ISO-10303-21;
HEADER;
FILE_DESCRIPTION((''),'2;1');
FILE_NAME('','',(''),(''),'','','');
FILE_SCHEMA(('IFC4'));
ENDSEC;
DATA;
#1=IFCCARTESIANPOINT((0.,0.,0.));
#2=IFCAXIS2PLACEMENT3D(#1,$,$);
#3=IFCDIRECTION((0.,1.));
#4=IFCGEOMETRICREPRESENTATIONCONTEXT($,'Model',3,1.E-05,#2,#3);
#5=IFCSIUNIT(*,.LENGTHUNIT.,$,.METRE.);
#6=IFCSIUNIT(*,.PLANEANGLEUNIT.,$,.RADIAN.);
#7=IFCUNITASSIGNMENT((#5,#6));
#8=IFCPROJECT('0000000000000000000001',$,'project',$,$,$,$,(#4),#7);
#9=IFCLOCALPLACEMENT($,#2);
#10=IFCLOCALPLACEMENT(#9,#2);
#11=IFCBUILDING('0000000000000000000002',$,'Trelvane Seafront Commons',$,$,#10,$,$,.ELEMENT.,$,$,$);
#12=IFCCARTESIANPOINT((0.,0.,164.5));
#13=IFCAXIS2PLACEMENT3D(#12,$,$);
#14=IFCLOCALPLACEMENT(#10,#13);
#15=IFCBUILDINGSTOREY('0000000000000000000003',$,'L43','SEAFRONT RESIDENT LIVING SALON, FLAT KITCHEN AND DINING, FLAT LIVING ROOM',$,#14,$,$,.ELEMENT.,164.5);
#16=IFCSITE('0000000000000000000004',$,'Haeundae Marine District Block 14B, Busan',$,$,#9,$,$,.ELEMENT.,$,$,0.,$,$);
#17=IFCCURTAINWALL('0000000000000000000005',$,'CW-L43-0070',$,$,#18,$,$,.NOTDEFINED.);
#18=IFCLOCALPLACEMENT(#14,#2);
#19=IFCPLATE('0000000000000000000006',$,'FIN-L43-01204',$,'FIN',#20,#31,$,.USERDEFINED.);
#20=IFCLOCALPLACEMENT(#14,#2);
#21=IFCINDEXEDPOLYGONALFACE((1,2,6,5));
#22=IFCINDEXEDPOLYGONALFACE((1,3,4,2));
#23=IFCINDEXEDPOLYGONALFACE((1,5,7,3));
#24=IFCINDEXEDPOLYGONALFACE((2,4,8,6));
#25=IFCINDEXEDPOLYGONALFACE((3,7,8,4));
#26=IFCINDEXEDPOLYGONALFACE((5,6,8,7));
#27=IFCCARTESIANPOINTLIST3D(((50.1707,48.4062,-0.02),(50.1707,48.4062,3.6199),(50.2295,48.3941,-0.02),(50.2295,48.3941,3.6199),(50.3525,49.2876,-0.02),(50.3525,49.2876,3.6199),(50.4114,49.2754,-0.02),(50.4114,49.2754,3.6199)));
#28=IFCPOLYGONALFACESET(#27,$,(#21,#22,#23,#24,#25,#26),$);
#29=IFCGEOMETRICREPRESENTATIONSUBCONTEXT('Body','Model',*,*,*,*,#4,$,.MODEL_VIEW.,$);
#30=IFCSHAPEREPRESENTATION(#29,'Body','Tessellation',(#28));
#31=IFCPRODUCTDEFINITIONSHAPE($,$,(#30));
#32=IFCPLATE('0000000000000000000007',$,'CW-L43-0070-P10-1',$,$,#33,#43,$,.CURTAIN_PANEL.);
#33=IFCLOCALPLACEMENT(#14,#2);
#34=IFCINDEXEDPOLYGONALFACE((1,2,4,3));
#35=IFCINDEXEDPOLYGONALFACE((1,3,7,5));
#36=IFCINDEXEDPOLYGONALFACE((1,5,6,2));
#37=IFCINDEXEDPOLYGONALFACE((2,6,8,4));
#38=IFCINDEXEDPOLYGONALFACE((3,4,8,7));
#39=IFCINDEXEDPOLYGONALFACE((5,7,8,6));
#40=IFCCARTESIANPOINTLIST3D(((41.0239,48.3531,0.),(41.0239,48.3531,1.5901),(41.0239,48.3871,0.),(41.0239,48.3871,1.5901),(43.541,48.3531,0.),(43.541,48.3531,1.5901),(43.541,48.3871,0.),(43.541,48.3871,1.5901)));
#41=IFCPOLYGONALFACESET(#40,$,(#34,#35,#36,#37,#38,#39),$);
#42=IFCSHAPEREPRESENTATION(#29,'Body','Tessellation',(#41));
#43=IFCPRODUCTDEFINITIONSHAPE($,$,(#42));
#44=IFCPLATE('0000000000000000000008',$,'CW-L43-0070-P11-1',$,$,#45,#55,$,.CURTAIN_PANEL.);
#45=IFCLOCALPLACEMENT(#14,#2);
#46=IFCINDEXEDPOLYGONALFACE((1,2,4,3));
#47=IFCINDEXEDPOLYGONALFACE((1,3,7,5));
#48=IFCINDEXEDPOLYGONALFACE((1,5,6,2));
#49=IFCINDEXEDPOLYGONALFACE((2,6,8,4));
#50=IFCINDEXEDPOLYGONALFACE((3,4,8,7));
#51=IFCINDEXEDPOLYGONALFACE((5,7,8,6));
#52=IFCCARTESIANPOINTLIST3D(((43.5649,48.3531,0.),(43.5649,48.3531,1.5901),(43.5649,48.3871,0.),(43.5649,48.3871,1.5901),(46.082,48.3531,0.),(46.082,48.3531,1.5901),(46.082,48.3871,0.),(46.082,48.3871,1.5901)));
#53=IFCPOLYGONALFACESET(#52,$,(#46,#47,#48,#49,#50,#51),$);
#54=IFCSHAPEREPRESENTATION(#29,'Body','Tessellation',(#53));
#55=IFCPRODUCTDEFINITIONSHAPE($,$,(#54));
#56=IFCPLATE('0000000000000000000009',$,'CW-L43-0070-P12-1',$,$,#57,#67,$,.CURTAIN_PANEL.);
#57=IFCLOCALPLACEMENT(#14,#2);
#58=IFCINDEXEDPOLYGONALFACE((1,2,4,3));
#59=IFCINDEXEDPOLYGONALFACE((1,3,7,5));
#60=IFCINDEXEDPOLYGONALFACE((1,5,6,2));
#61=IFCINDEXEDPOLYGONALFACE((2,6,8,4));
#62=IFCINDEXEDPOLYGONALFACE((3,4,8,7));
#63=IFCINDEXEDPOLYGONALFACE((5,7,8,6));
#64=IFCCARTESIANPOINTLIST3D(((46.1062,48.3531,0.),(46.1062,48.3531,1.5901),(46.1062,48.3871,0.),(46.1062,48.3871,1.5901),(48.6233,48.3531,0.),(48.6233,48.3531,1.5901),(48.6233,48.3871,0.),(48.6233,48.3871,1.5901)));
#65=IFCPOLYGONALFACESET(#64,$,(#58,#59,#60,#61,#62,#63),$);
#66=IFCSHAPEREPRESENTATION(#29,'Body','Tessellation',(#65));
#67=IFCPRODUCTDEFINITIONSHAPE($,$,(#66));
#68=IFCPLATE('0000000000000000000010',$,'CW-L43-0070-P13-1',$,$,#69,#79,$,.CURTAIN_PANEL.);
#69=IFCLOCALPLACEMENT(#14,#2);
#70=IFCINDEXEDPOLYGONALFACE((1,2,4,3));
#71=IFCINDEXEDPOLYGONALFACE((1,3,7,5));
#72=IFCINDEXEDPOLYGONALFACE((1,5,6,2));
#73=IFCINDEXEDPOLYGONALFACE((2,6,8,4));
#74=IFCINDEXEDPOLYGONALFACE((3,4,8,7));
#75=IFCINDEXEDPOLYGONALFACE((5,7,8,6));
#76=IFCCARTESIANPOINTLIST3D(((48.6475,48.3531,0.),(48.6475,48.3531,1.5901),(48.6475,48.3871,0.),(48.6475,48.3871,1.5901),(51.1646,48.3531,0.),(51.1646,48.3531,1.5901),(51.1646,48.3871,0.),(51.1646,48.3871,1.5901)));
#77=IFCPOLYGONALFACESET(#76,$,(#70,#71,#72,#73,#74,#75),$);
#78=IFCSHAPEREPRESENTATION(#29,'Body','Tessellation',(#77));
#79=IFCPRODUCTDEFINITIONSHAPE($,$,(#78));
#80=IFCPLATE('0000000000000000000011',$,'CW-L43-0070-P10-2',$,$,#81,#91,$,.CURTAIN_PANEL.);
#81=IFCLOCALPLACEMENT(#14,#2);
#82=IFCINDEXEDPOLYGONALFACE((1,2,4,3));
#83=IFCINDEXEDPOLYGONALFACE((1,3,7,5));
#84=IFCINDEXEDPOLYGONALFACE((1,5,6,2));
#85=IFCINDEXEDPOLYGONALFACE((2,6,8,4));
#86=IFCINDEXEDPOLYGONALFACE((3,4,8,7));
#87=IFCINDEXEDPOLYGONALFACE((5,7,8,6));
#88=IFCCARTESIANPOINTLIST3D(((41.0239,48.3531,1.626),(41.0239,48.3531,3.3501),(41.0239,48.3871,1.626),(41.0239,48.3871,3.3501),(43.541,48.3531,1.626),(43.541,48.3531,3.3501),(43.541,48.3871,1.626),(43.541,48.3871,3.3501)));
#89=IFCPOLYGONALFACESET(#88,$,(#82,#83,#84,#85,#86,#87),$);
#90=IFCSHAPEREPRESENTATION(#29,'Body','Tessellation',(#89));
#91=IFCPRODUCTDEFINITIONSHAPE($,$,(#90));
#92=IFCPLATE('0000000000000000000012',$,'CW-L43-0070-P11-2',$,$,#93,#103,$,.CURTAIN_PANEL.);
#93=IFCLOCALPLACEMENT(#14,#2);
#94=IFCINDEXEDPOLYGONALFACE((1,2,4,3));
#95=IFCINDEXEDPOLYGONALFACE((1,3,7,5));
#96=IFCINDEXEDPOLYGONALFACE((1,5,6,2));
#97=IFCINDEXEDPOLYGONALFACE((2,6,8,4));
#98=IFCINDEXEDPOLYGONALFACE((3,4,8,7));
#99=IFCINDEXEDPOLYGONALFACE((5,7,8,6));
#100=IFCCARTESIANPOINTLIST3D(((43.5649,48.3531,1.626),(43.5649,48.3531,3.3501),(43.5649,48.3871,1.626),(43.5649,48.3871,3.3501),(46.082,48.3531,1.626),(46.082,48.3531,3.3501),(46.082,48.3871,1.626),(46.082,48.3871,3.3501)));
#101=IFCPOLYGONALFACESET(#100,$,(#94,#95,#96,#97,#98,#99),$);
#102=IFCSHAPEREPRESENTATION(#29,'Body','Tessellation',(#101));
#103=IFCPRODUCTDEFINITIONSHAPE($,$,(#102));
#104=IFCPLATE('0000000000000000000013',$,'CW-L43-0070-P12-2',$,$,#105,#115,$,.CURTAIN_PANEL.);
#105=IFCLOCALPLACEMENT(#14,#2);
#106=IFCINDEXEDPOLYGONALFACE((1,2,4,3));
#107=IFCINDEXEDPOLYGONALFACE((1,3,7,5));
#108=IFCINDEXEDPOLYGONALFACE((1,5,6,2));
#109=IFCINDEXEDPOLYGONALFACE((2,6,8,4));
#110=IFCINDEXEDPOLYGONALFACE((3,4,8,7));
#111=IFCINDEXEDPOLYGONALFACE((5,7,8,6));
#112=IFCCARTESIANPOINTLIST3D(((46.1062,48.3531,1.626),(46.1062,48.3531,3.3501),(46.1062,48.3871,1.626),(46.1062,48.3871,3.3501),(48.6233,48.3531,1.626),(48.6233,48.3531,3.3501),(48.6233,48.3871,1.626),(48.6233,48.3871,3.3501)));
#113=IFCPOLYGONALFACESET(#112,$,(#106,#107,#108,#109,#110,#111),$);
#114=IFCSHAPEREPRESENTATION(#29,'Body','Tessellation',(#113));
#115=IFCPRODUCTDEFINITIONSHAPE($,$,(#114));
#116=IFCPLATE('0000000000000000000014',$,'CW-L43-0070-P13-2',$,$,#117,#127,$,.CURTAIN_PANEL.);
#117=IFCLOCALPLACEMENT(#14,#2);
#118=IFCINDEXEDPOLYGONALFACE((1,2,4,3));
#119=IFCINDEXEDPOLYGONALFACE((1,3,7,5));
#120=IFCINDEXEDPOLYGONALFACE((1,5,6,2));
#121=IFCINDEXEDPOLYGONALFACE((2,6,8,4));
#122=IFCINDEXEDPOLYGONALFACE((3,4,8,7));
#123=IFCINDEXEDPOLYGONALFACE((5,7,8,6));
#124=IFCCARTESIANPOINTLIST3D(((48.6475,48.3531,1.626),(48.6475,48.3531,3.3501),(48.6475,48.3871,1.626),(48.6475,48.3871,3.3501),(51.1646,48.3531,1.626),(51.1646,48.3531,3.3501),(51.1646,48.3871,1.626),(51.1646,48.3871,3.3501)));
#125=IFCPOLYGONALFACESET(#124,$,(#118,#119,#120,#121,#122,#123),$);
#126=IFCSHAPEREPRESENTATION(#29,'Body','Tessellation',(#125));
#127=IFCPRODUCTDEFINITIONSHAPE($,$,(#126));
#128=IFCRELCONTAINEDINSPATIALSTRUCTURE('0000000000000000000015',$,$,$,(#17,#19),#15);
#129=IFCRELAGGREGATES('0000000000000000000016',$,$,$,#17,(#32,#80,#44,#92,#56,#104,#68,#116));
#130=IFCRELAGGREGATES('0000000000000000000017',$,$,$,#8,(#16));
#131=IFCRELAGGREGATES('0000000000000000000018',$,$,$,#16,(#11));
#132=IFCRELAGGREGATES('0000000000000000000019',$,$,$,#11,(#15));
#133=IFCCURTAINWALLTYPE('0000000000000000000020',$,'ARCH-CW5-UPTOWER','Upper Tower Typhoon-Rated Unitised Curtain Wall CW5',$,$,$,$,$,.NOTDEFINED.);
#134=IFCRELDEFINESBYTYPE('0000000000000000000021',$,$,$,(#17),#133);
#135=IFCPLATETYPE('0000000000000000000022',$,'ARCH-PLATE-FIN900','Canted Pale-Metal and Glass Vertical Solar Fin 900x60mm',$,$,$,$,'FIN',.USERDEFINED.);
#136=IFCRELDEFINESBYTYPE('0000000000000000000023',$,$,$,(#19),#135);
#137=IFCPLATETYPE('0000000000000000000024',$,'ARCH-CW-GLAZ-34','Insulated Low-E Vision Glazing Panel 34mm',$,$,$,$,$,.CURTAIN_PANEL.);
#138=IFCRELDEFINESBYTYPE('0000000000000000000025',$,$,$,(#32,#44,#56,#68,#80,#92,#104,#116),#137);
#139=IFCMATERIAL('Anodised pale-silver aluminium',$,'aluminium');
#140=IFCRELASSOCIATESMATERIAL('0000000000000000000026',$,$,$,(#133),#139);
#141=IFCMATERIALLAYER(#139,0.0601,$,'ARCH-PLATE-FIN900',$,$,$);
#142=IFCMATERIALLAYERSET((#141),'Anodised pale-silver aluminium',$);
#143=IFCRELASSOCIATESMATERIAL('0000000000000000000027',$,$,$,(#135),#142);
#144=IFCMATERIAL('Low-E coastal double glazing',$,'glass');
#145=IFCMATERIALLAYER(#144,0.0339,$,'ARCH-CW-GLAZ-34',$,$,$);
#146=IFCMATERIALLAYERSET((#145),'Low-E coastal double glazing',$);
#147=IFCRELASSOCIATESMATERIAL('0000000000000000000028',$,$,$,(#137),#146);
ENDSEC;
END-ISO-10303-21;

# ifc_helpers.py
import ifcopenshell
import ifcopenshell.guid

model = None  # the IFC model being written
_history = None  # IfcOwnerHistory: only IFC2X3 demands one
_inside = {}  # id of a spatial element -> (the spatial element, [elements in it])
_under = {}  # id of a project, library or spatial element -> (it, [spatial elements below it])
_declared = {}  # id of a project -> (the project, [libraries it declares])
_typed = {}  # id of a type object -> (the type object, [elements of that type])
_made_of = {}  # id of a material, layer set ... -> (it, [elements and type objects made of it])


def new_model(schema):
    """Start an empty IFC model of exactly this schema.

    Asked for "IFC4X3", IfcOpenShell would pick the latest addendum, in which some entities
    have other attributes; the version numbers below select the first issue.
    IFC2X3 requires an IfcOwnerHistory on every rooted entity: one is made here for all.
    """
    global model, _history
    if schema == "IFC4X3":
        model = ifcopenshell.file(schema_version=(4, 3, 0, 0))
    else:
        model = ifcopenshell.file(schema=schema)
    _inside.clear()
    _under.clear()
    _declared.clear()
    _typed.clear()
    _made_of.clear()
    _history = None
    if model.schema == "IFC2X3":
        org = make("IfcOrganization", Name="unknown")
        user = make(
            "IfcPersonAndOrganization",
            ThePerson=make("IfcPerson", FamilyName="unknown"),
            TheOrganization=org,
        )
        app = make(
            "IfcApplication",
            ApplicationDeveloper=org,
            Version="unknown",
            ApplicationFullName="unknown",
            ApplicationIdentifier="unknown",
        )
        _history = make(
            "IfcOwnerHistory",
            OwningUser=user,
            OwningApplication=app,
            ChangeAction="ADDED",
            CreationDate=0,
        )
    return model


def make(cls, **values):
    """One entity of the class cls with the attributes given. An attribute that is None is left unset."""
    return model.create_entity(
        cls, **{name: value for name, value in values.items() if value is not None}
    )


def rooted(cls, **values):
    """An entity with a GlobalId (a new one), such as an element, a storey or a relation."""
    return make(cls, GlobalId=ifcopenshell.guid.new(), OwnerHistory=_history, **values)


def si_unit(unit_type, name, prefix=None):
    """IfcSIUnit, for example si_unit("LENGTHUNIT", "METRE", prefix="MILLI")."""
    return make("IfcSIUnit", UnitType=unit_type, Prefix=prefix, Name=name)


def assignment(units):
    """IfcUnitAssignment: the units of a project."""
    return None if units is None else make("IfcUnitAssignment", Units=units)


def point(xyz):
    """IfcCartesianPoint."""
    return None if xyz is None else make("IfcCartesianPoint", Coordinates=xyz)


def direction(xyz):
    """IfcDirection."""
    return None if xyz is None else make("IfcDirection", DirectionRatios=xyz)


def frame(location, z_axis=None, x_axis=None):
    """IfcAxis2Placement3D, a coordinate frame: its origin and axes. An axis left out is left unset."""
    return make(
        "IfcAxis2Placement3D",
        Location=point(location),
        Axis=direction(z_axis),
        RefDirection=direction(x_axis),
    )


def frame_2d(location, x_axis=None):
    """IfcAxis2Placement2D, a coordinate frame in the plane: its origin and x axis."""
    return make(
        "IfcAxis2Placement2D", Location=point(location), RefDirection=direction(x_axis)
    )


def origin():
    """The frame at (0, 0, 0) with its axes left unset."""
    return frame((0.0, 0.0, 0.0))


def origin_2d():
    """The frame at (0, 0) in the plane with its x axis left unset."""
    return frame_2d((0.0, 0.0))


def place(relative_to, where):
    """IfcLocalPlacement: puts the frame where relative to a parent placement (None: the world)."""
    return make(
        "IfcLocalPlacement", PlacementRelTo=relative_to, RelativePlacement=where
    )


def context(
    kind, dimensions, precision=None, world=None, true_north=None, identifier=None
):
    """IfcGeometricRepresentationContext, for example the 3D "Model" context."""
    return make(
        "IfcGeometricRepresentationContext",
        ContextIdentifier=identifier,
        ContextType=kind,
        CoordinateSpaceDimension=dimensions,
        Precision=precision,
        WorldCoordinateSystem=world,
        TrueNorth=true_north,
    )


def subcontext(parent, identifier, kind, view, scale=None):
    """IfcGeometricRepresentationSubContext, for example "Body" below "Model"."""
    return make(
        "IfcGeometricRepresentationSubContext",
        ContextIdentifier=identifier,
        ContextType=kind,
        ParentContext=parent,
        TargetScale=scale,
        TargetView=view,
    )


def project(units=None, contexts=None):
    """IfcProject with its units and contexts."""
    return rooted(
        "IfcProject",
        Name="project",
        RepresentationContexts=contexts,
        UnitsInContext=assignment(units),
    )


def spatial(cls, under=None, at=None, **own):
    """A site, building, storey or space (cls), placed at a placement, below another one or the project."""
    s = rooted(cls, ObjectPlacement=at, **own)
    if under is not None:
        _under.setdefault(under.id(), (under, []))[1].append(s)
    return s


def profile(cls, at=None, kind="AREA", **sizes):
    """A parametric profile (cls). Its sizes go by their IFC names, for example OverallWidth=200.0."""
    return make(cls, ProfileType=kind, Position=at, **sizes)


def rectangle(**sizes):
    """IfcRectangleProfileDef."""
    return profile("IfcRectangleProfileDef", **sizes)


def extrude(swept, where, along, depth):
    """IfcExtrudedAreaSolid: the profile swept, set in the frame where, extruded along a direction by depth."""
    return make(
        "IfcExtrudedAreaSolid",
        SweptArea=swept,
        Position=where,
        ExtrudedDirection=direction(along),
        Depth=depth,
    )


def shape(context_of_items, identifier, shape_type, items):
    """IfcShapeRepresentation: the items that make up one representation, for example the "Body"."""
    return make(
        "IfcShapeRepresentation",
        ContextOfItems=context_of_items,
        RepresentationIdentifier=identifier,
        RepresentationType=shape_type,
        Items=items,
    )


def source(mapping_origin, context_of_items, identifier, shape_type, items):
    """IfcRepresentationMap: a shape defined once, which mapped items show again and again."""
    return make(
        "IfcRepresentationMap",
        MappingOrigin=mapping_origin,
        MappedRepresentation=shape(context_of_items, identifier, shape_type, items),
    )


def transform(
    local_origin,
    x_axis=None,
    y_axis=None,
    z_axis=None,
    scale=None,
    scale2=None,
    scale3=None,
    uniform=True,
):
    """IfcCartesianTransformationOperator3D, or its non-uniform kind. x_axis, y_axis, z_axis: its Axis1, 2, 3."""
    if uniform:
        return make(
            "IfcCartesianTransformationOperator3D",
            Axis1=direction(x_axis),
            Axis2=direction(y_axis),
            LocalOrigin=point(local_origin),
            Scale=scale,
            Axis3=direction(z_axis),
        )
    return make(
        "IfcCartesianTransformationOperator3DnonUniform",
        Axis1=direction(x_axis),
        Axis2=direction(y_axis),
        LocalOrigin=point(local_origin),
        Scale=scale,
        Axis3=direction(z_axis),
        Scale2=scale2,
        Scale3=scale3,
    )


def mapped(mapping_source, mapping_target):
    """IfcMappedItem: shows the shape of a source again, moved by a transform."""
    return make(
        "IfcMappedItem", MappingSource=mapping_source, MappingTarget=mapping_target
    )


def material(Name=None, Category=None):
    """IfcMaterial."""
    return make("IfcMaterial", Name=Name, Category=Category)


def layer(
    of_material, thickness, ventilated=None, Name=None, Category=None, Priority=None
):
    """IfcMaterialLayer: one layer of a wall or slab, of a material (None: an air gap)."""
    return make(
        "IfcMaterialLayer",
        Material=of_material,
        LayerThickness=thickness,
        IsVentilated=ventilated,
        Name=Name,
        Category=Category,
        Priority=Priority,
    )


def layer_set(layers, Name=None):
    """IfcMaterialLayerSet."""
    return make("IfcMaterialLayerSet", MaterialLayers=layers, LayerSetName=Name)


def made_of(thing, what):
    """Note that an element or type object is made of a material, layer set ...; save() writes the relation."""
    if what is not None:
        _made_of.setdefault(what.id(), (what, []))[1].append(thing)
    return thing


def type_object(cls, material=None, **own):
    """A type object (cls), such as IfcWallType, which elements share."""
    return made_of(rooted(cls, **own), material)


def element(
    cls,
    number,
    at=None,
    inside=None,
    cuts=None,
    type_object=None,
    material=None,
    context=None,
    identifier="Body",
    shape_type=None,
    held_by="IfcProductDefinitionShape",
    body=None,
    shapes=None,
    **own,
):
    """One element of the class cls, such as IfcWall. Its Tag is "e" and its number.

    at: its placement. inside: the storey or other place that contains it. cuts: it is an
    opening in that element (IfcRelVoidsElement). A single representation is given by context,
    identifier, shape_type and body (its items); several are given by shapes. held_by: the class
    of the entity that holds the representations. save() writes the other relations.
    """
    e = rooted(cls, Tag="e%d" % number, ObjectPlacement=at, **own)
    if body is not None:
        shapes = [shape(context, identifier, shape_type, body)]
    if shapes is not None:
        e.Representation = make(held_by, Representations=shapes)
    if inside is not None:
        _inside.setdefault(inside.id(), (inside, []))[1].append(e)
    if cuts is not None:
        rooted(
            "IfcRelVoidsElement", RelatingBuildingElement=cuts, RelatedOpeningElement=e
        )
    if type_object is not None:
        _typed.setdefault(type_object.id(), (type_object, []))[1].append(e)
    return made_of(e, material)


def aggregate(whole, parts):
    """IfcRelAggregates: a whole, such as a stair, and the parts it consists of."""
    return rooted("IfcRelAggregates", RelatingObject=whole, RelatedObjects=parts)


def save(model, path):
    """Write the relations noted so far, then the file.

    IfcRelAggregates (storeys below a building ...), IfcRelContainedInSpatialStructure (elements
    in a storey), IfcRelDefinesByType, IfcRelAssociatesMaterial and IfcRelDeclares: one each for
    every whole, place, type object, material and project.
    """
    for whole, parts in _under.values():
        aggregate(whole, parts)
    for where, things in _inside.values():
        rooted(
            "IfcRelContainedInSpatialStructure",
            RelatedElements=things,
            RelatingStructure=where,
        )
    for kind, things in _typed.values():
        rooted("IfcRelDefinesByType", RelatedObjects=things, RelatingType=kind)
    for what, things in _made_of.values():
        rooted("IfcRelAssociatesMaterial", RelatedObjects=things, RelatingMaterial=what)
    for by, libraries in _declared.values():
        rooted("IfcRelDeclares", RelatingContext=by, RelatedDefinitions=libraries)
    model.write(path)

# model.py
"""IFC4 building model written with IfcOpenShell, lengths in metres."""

from ifc_helpers import new_model, si_unit, direction, frame, origin, origin_2d, place, context, subcontext, project, spatial, rectangle, extrude, source, transform, mapped, material, layer, layer_set, type_object, element, aggregate, save


model = new_model("IFC4")

# Units and contexts
model_context = context("Model", 3, precision=1e-05, world=origin(), true_north=direction((0.0, 1.0)))
body_context = subcontext(model_context, "Body", "Model", "MODEL_VIEW")
ifc_project = project(units=[si_unit("LENGTHUNIT", "METRE"), si_unit("PLANEANGLEUNIT", "RADIAN")], contexts=[model_context])

# Site, building, storey
site_placement = place(None, origin())
site = spatial("IfcSite", under=ifc_project, at=site_placement, Name="Haeundae Marine District Block 14B, Busan", CompositionType="ELEMENT", RefElevation=0.0)
building_placement = place(site_placement, origin())
building = spatial("IfcBuilding", under=site, at=building_placement, Name="Trelvane Seafront Commons", CompositionType="ELEMENT")
storey_placement = place(building_placement, frame((0.0, 0.0, 164.5)))
storey = spatial("IfcBuildingStorey", under=building, at=storey_placement, Name="L43", Description="SEAFRONT RESIDENT LIVING SALON, FLAT KITCHEN AND DINING, FLAT LIVING ROOM", CompositionType="ELEMENT", Elevation=164.5)

# Curtain wall
ifc_material_1 = material(Name="Anodised pale-silver aluminium", Category="aluminium")
curtain_wall_type = type_object("IfcCurtainWallType", Name="ARCH-CW5-UPTOWER", Description="Upper Tower Typhoon-Rated Unitised Curtain Wall CW5", PredefinedType="NOTDEFINED", material=ifc_material_1)
curtain_wall_placement = place(storey_placement, origin())
curtain_wall = element("IfcCurtainWall", 1, at=curtain_wall_placement, inside=storey, type_object=curtain_wall_type, Name="CW-L43-0070", PredefinedType="NOTDEFINED")

# Plate
ifc_layer_1 = layer(ifc_material_1, 0.0601, Name="ARCH-PLATE-FIN900")
ifc_layer_set_1 = layer_set([ifc_layer_1], Name="Anodised pale-silver aluminium")
plate_type_1 = type_object("IfcPlateType", Name="ARCH-PLATE-FIN900", Description="Canted Pale-Metal and Glass Vertical Solar Fin 900x60mm", ElementType="FIN", PredefinedType="USERDEFINED", material=ifc_layer_set_1)
shared_shape_1 = source(origin(), body_context, "Body", "SweptSolid", [
    extrude(rectangle(XDim=0.8999, YDim=0.0601, at=origin_2d()), origin(), (0.0, 0.0, 1.0), 3.6399),
])
for number, where, z_axis, x_axis, name in (
    (2, (50.291, 48.8408, -0.02), (0.0, 0.0, 1.0), (0.202117, 0.979361, 0.0), "FIN-L43-01204"),
):
    element("IfcPlate", number, at=place(storey_placement, frame(where, z_axis=z_axis, x_axis=x_axis)), inside=storey, type_object=plate_type_1, Name=name, ObjectType="FIN", PredefinedType="USERDEFINED", context=body_context, shape_type="MappedRepresentation", body=[
        mapped(shared_shape_1, transform((0.0, 0.0, 0.0), x_axis=(1.0, 0.0, 0.0), y_axis=(0.0, 1.0, 0.0), z_axis=(0.0, 0.0, 1.0), scale=1.0)),
    ])

# Plates
ifc_material_2 = material(Name="Low-E coastal double glazing", Category="glass")
ifc_layer_2 = layer(ifc_material_2, 0.0339, Name="ARCH-CW-GLAZ-34")
ifc_layer_set_2 = layer_set([ifc_layer_2], Name="Low-E coastal double glazing")
plate_type_2 = type_object("IfcPlateType", Name="ARCH-CW-GLAZ-34", Description="Insulated Low-E Vision Glazing Panel 34mm", PredefinedType="CURTAIN_PANEL", material=ifc_layer_set_2)
shared_shape_2 = source(origin(), body_context, "Body", "SweptSolid", [
    extrude(rectangle(XDim=2.5171, YDim=0.0339, at=origin_2d()), origin(), (0.0, 0.0, 1.0), 1.5901),
])
plate_1_placement = place(storey_placement, frame((42.2825, 48.3701, 0.0), z_axis=(0.0, 0.0, 1.0), x_axis=(1.0, 0.0, 0.0)))
plate_1 = element("IfcPlate", 3, at=plate_1_placement, type_object=plate_type_2, Name="CW-L43-0070-P10-1", PredefinedType="CURTAIN_PANEL", context=body_context, shape_type="MappedRepresentation", body=[
    mapped(shared_shape_2, transform((0.0, 0.0, 0.0), x_axis=(1.0, 0.0, 0.0), y_axis=(0.0, 1.0, 0.0), z_axis=(0.0, 0.0, 1.0), scale=1.0)),
])
plate_2_placement = place(storey_placement, frame((44.8235, 48.3701, 0.0), z_axis=(0.0, 0.0, 1.0), x_axis=(1.0, 0.0, 0.0)))
plate_2 = element("IfcPlate", 4, at=plate_2_placement, type_object=plate_type_2, Name="CW-L43-0070-P11-1", PredefinedType="CURTAIN_PANEL", context=body_context, shape_type="MappedRepresentation", body=[
    mapped(shared_shape_2, transform((0.0, 0.0, 0.0), x_axis=(1.0, 0.0, 0.0), y_axis=(0.0, 1.0, 0.0), z_axis=(0.0, 0.0, 1.0), scale=1.0)),
])
plate_3_placement = place(storey_placement, frame((47.3647, 48.3701, 0.0), z_axis=(0.0, 0.0, 1.0), x_axis=(1.0, 0.0, 0.0)))
plate_3 = element("IfcPlate", 5, at=plate_3_placement, type_object=plate_type_2, Name="CW-L43-0070-P12-1", PredefinedType="CURTAIN_PANEL", context=body_context, shape_type="MappedRepresentation", body=[
    mapped(shared_shape_2, transform((0.0, 0.0, 0.0), x_axis=(1.0, 0.0, 0.0), y_axis=(0.0, 1.0, 0.0), z_axis=(0.0, 0.0, 1.0), scale=1.0)),
])
plate_4_placement = place(storey_placement, frame((49.906, 48.3701, 0.0), z_axis=(0.0, 0.0, 1.0), x_axis=(1.0, 0.0, 0.0)))
plate_4 = element("IfcPlate", 6, at=plate_4_placement, type_object=plate_type_2, Name="CW-L43-0070-P13-1", PredefinedType="CURTAIN_PANEL", context=body_context, shape_type="MappedRepresentation", body=[
    mapped(shared_shape_2, transform((0.0, 0.0, 0.0), x_axis=(1.0, 0.0, 0.0), y_axis=(0.0, 1.0, 0.0), z_axis=(0.0, 0.0, 1.0), scale=1.0)),
])
shared_shape_3 = source(origin(), body_context, "Body", "SweptSolid", [
    extrude(rectangle(XDim=2.5171, YDim=0.0339, at=origin_2d()), origin(), (0.0, 0.0, 1.0), 1.7241),
])
plate_5_placement = place(storey_placement, frame((42.2825, 48.3701, 1.626), z_axis=(0.0, 0.0, 1.0), x_axis=(1.0, 0.0, 0.0)))
plate_5 = element("IfcPlate", 7, at=plate_5_placement, type_object=plate_type_2, Name="CW-L43-0070-P10-2", PredefinedType="CURTAIN_PANEL", context=body_context, shape_type="MappedRepresentation", body=[
    mapped(shared_shape_3, transform((0.0, 0.0, 0.0), x_axis=(1.0, 0.0, 0.0), y_axis=(0.0, 1.0, 0.0), z_axis=(0.0, 0.0, 1.0), scale=1.0)),
])
plate_6_placement = place(storey_placement, frame((44.8235, 48.3701, 1.626), z_axis=(0.0, 0.0, 1.0), x_axis=(1.0, 0.0, 0.0)))
plate_6 = element("IfcPlate", 8, at=plate_6_placement, type_object=plate_type_2, Name="CW-L43-0070-P11-2", PredefinedType="CURTAIN_PANEL", context=body_context, shape_type="MappedRepresentation", body=[
    mapped(shared_shape_3, transform((0.0, 0.0, 0.0), x_axis=(1.0, 0.0, 0.0), y_axis=(0.0, 1.0, 0.0), z_axis=(0.0, 0.0, 1.0), scale=1.0)),
])
plate_7_placement = place(storey_placement, frame((47.3647, 48.3701, 1.626), z_axis=(0.0, 0.0, 1.0), x_axis=(1.0, 0.0, 0.0)))
plate_7 = element("IfcPlate", 9, at=plate_7_placement, type_object=plate_type_2, Name="CW-L43-0070-P12-2", PredefinedType="CURTAIN_PANEL", context=body_context, shape_type="MappedRepresentation", body=[
    mapped(shared_shape_3, transform((0.0, 0.0, 0.0), x_axis=(1.0, 0.0, 0.0), y_axis=(0.0, 1.0, 0.0), z_axis=(0.0, 0.0, 1.0), scale=1.0)),
])
plate_8_placement = place(storey_placement, frame((49.906, 48.3701, 1.626), z_axis=(0.0, 0.0, 1.0), x_axis=(1.0, 0.0, 0.0)))
plate_8 = element("IfcPlate", 10, at=plate_8_placement, type_object=plate_type_2, Name="CW-L43-0070-P13-2", PredefinedType="CURTAIN_PANEL", context=body_context, shape_type="MappedRepresentation", body=[
    mapped(shared_shape_3, transform((0.0, 0.0, 0.0), x_axis=(1.0, 0.0, 0.0), y_axis=(0.0, 1.0, 0.0), z_axis=(0.0, 0.0, 1.0), scale=1.0)),
])
aggregate(curtain_wall, [plate_1, plate_5, plate_2, plate_6, plate_3, plate_7, plate_4, plate_8])

save(model, "model.ifc")
